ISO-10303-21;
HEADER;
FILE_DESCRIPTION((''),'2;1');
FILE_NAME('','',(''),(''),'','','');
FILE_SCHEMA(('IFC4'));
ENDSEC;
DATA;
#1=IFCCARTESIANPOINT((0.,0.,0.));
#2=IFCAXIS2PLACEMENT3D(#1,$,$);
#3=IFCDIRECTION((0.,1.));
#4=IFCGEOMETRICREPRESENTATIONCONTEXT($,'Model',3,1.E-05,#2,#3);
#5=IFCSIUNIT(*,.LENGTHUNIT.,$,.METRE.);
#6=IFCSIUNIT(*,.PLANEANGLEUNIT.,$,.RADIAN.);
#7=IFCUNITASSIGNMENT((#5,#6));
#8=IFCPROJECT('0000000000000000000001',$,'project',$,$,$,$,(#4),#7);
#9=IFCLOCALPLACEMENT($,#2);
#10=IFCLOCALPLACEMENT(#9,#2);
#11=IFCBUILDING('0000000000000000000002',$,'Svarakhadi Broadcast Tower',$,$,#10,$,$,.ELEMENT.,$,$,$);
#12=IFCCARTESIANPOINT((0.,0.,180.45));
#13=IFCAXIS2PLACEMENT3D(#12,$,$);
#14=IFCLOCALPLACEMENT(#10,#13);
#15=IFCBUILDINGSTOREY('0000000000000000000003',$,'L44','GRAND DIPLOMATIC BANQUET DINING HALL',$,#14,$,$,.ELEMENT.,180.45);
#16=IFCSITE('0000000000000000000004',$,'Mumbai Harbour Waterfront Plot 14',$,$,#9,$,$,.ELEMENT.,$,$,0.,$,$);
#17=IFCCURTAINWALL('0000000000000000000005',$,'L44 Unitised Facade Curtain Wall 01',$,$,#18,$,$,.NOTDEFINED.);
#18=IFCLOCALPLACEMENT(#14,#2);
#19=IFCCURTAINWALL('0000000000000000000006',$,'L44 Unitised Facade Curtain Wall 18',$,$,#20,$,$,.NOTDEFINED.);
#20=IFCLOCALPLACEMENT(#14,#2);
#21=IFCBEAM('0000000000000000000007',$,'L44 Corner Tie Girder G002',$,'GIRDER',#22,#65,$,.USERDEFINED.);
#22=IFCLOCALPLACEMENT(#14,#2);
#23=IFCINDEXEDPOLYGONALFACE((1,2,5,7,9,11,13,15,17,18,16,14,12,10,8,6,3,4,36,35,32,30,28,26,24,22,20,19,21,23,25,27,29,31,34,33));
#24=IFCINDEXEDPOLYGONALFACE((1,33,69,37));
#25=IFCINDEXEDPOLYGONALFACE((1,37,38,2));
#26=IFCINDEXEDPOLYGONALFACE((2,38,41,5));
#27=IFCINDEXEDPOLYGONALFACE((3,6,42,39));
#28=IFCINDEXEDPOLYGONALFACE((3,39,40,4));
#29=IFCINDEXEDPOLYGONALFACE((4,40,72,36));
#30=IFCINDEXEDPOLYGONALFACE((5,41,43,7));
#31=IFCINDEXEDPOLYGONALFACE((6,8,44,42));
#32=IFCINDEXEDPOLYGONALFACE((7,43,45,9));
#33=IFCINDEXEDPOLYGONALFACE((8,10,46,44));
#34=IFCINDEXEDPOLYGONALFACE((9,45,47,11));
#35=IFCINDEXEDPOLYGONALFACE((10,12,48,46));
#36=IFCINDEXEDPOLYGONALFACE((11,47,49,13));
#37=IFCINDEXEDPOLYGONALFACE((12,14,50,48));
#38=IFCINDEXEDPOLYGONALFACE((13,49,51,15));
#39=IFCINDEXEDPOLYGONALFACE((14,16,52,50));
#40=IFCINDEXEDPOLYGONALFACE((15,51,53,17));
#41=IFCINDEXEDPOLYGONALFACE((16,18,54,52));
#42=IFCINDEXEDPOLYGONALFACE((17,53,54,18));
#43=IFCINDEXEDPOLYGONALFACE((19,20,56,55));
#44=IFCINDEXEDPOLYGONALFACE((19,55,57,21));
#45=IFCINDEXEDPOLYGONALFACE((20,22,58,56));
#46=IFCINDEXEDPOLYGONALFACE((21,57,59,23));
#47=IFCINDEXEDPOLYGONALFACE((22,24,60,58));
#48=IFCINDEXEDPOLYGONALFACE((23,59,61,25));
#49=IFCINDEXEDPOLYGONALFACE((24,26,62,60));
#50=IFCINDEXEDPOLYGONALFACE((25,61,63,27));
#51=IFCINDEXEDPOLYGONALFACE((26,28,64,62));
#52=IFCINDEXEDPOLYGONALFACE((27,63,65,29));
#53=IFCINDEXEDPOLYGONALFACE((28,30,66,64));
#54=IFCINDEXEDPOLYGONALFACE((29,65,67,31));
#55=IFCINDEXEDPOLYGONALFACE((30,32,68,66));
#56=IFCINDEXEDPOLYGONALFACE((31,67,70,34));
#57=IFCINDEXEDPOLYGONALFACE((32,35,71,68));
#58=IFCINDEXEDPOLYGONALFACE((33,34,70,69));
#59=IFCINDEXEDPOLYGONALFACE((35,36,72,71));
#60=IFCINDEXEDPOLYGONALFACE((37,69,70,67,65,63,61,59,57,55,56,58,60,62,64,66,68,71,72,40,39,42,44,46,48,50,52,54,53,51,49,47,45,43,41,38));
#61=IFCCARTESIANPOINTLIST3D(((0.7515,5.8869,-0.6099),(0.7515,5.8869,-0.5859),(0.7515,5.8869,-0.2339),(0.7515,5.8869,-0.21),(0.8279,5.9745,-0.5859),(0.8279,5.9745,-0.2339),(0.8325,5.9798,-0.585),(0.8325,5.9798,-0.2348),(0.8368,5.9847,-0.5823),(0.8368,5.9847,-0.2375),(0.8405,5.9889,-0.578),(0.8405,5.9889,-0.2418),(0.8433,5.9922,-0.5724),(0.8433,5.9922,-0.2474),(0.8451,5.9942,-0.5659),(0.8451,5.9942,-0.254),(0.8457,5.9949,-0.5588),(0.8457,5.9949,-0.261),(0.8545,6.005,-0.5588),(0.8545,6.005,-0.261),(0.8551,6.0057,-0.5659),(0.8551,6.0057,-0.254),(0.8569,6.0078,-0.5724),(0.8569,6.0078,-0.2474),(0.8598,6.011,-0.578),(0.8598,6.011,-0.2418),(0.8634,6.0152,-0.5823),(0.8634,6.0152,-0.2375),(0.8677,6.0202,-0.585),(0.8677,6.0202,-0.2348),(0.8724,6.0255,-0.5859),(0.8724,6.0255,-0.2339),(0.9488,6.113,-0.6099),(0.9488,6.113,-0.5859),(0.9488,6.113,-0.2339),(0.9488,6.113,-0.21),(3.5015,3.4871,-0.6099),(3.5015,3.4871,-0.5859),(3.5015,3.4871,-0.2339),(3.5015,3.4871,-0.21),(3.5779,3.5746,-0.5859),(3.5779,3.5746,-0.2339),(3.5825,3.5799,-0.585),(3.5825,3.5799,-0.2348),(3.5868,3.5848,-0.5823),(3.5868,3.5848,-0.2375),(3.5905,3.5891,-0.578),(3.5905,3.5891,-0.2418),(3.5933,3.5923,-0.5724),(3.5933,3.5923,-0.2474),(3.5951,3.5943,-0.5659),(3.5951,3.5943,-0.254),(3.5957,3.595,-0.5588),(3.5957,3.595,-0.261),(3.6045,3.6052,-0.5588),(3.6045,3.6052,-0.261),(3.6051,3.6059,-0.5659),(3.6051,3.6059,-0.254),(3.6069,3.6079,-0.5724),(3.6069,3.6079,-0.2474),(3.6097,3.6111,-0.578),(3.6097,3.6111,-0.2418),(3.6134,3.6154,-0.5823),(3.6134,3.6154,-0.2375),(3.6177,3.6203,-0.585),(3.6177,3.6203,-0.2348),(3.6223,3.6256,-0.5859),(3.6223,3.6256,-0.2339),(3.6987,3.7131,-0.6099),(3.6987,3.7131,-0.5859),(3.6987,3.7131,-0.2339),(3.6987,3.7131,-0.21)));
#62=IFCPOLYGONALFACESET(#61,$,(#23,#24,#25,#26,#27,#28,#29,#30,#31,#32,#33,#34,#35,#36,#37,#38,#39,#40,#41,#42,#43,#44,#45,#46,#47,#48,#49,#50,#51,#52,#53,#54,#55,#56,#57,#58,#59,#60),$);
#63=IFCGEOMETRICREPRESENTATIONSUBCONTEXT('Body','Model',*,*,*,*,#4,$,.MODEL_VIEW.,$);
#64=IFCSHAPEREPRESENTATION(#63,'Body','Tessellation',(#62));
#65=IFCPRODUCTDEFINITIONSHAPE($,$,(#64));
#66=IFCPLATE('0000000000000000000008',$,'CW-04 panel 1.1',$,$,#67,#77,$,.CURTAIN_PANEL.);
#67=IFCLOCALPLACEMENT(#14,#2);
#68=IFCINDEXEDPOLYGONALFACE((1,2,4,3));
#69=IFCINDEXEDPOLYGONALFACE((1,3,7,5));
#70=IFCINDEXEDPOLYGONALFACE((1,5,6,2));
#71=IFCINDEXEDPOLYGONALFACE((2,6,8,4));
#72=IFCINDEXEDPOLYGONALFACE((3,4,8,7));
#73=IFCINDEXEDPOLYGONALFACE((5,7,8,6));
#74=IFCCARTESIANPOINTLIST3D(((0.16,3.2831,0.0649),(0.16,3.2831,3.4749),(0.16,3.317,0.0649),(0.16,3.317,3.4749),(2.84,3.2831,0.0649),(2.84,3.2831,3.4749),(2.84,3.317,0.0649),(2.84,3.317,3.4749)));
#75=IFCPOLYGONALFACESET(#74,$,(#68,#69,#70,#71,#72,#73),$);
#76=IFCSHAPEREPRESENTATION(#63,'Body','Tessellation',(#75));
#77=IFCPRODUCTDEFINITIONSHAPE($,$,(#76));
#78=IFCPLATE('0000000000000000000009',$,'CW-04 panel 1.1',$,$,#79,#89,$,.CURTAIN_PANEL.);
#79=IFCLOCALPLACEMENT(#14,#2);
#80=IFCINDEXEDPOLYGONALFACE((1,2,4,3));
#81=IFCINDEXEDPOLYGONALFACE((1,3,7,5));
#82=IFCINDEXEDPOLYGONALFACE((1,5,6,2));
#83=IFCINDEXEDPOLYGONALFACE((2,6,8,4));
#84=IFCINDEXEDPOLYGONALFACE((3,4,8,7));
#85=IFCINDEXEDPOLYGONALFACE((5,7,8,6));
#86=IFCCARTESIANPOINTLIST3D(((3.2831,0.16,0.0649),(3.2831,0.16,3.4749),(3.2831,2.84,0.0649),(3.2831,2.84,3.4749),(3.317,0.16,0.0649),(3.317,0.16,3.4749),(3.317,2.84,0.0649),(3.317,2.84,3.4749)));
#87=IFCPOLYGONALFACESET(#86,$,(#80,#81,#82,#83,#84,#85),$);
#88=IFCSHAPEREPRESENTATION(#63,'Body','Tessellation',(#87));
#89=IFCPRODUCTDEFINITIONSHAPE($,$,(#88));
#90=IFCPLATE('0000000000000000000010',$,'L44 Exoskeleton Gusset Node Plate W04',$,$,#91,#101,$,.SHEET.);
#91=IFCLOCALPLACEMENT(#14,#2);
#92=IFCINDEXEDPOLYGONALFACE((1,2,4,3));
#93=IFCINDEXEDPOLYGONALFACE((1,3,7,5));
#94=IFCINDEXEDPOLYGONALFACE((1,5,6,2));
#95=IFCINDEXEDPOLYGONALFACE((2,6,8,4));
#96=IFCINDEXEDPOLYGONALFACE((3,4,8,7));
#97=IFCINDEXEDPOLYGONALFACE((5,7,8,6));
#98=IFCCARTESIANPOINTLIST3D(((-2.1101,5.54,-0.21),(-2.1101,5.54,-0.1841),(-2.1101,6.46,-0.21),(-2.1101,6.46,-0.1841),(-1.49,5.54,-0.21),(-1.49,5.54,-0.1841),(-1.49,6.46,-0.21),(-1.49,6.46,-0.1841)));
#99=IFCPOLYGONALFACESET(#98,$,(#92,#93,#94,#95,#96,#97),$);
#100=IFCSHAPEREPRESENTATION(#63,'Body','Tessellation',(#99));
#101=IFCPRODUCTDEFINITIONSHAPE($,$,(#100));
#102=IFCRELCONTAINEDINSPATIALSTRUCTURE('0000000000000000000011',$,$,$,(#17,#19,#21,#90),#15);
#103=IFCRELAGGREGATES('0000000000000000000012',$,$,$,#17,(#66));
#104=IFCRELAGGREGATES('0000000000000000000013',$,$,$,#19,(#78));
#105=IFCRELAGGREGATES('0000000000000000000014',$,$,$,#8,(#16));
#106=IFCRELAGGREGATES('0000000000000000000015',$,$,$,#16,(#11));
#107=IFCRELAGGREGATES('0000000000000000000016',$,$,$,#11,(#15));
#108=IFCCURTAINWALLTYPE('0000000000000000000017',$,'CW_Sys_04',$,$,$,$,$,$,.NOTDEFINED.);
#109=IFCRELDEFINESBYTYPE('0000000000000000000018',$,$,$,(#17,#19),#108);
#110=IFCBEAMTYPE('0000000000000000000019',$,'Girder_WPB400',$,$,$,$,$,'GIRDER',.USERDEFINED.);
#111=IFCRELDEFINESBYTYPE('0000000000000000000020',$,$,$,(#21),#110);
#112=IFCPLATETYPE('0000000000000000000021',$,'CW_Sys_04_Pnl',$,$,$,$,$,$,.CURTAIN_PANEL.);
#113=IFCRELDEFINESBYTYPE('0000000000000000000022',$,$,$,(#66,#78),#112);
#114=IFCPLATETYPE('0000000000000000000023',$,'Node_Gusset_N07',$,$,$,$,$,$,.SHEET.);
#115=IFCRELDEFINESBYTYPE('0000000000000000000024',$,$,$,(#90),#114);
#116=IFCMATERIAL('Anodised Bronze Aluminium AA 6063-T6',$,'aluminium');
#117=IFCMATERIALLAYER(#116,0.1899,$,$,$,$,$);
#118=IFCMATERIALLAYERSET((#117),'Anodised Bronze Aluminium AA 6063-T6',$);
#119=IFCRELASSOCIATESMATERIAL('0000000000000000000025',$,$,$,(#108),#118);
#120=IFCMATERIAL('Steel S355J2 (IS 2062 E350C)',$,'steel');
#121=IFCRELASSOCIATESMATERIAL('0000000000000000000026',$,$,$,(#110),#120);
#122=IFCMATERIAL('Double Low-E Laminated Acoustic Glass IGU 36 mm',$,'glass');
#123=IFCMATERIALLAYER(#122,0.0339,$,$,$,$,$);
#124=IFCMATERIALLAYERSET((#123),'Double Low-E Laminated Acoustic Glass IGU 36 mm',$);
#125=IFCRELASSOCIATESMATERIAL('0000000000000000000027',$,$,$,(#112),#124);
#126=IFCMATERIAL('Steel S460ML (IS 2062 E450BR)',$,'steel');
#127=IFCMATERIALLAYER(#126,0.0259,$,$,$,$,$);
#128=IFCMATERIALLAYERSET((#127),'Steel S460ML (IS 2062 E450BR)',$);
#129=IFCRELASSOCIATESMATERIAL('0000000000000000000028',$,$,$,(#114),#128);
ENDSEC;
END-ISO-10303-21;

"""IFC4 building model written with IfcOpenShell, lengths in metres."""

from ifc_helpers import new_model, si_unit, direction, frame, origin, origin_2d, place, context, subcontext, project, spatial, rectangle, i_section, extrude, material, layer, layer_set, material_profile, profile_set, type_object, element, aggregate, save


model = new_model("IFC4")

# Units and contexts
model_context = context("Model", 3, precision=1e-05, world=origin(), true_north=direction((0.0, 1.0)))
body_context = subcontext(model_context, "Body", "Model", "MODEL_VIEW")
ifc_project = project(units=[si_unit("LENGTHUNIT", "METRE"), si_unit("PLANEANGLEUNIT", "RADIAN")], contexts=[model_context])

# Site, building, storey
site_placement = place(None, origin())
site = spatial("IfcSite", under=ifc_project, at=site_placement, Name="Mumbai Harbour Waterfront Plot 14", CompositionType="ELEMENT", RefElevation=0.0)
building_placement = place(site_placement, origin())
building = spatial("IfcBuilding", under=site, at=building_placement, Name="Svarakhadi Broadcast Tower", CompositionType="ELEMENT")
storey_placement = place(building_placement, frame((0.0, 0.0, 180.45)))
storey = spatial("IfcBuildingStorey", under=building, at=storey_placement, Name="L44", Description="GRAND DIPLOMATIC BANQUET DINING HALL", CompositionType="ELEMENT", Elevation=180.45)

# Shared definitions
ifc_material_1 = material(Name="Steel S460ML (IS 2062 E450BR)", Category="steel")

# Curtain wall
ifc_material_2 = material(Name="Anodised Bronze Aluminium AA 6063-T6", Category="aluminium")
ifc_layer_1 = layer(ifc_material_2, 0.1899)
ifc_layer_set_1 = layer_set([ifc_layer_1], Name="Anodised Bronze Aluminium AA 6063-T6")
curtain_wall_type = type_object("IfcCurtainWallType", Name="CW_Sys_04", PredefinedType="NOTDEFINED", material=ifc_layer_set_1)
curtain_wall_1_placement = place(storey_placement, origin())
curtain_wall_1 = element("IfcCurtainWall", 1, at=curtain_wall_1_placement, inside=storey, type_object=curtain_wall_type, Name="L44 Unitised Facade Curtain Wall 01", PredefinedType="NOTDEFINED")

# Curtain wall
curtain_wall_2_placement = place(storey_placement, origin())
curtain_wall_2 = element("IfcCurtainWall", 2, at=curtain_wall_2_placement, inside=storey, type_object=curtain_wall_type, Name="L44 Unitised Facade Curtain Wall 18", PredefinedType="NOTDEFINED")

# Beam
ifc_material_3 = material(Name="Steel S355J2 (IS 2062 E350C)", Category="steel")
ifc_material_profile_1 = material_profile(ifc_material_3, i_section(OverallWidth=0.3, OverallDepth=0.3999, WebThickness=0.0134, FlangeThickness=0.0239, FilletRadius=0.0271, at=origin_2d()), Name="WPB 400x300x155")
ifc_profile_set_1 = profile_set([ifc_material_profile_1], Name="Steel S355J2 (IS 2062 E350C)")
beam_type = type_object("IfcBeamType", Name="Girder_WPB400", ElementType="GIRDER", PredefinedType="USERDEFINED", material=ifc_profile_set_1)
beam_1_placement = place(storey_placement, frame((3.6001, 3.6001, -0.4099), z_axis=(-0.753438, 0.657519, 0.0), x_axis=(-0.657519, -0.753438, 0.0)))
element("IfcBeam", 3, at=beam_1_placement, inside=storey, type_object=beam_type, Name="L44 Corner Tie Girder G002", ObjectType="GIRDER", PredefinedType="USERDEFINED", context=body_context, shape_type="SweptSolid", body=[
    extrude(i_section(OverallWidth=0.3, OverallDepth=0.3999, WebThickness=0.0134, FlangeThickness=0.0239, FilletRadius=0.0271, at=origin_2d()), origin(), (0.0, 0.0, 1.0), 3.6499),
])

# Plates
ifc_material_4 = material(Name="Double Low-E Laminated Acoustic Glass IGU 36 mm", Category="glass")
ifc_layer_2 = layer(ifc_material_4, 0.0339)
ifc_layer_set_2 = layer_set([ifc_layer_2], Name="Double Low-E Laminated Acoustic Glass IGU 36 mm")
plate_type_1 = type_object("IfcPlateType", Name="CW_Sys_04_Pnl", PredefinedType="CURTAIN_PANEL", material=ifc_layer_set_2)
plate_1_placement = place(storey_placement, frame((1.5, 3.3, 0.0649), z_axis=(0.0, 0.0, 1.0), x_axis=(-1.0, 0.0, 0.0)))
plate_1 = element("IfcPlate", 4, at=plate_1_placement, type_object=plate_type_1, Name="CW-04 panel 1.1", PredefinedType="CURTAIN_PANEL", context=body_context, shape_type="SweptSolid", body=[
    extrude(rectangle(XDim=2.6799, YDim=0.0339, at=origin_2d()), origin(), (0.0, 0.0, 1.0), 3.4099),
])
aggregate(curtain_wall_1, [plate_1])
plate_2_placement = place(storey_placement, frame((3.3, 1.5, 0.0649), z_axis=(0.0, 0.0, 1.0), x_axis=(0.0, 1.0, 0.0)))
plate_2 = element("IfcPlate", 5, at=plate_2_placement, type_object=plate_type_1, Name="CW-04 panel 1.1", PredefinedType="CURTAIN_PANEL", context=body_context, shape_type="SweptSolid", body=[
    extrude(rectangle(XDim=2.6799, YDim=0.0339, at=origin_2d()), origin(), (0.0, 0.0, 1.0), 3.4099),
])
aggregate(curtain_wall_2, [plate_2])
ifc_layer_3 = layer(ifc_material_1, 0.0259)
ifc_layer_set_3 = layer_set([ifc_layer_3], Name="Steel S460ML (IS 2062 E450BR)")
plate_type_2 = type_object("IfcPlateType", Name="Node_Gusset_N07", PredefinedType="SHEET", material=ifc_layer_set_3)
plate_3_placement = place(storey_placement, frame((-1.8, 6.0, -0.21), z_axis=(0.0, 0.0, 1.0), x_axis=(0.0, 1.0, 0.0)))
element("IfcPlate", 6, at=plate_3_placement, inside=storey, type_object=plate_type_2, Name="L44 Exoskeleton Gusset Node Plate W04", PredefinedType="SHEET", context=body_context, shape_type="SweptSolid", body=[
    extrude(rectangle(XDim=0.9199, YDim=0.6201, at=origin_2d()), origin(), (0.0, 0.0, 1.0), 0.0259),
])

save(model, "model.ifc")
